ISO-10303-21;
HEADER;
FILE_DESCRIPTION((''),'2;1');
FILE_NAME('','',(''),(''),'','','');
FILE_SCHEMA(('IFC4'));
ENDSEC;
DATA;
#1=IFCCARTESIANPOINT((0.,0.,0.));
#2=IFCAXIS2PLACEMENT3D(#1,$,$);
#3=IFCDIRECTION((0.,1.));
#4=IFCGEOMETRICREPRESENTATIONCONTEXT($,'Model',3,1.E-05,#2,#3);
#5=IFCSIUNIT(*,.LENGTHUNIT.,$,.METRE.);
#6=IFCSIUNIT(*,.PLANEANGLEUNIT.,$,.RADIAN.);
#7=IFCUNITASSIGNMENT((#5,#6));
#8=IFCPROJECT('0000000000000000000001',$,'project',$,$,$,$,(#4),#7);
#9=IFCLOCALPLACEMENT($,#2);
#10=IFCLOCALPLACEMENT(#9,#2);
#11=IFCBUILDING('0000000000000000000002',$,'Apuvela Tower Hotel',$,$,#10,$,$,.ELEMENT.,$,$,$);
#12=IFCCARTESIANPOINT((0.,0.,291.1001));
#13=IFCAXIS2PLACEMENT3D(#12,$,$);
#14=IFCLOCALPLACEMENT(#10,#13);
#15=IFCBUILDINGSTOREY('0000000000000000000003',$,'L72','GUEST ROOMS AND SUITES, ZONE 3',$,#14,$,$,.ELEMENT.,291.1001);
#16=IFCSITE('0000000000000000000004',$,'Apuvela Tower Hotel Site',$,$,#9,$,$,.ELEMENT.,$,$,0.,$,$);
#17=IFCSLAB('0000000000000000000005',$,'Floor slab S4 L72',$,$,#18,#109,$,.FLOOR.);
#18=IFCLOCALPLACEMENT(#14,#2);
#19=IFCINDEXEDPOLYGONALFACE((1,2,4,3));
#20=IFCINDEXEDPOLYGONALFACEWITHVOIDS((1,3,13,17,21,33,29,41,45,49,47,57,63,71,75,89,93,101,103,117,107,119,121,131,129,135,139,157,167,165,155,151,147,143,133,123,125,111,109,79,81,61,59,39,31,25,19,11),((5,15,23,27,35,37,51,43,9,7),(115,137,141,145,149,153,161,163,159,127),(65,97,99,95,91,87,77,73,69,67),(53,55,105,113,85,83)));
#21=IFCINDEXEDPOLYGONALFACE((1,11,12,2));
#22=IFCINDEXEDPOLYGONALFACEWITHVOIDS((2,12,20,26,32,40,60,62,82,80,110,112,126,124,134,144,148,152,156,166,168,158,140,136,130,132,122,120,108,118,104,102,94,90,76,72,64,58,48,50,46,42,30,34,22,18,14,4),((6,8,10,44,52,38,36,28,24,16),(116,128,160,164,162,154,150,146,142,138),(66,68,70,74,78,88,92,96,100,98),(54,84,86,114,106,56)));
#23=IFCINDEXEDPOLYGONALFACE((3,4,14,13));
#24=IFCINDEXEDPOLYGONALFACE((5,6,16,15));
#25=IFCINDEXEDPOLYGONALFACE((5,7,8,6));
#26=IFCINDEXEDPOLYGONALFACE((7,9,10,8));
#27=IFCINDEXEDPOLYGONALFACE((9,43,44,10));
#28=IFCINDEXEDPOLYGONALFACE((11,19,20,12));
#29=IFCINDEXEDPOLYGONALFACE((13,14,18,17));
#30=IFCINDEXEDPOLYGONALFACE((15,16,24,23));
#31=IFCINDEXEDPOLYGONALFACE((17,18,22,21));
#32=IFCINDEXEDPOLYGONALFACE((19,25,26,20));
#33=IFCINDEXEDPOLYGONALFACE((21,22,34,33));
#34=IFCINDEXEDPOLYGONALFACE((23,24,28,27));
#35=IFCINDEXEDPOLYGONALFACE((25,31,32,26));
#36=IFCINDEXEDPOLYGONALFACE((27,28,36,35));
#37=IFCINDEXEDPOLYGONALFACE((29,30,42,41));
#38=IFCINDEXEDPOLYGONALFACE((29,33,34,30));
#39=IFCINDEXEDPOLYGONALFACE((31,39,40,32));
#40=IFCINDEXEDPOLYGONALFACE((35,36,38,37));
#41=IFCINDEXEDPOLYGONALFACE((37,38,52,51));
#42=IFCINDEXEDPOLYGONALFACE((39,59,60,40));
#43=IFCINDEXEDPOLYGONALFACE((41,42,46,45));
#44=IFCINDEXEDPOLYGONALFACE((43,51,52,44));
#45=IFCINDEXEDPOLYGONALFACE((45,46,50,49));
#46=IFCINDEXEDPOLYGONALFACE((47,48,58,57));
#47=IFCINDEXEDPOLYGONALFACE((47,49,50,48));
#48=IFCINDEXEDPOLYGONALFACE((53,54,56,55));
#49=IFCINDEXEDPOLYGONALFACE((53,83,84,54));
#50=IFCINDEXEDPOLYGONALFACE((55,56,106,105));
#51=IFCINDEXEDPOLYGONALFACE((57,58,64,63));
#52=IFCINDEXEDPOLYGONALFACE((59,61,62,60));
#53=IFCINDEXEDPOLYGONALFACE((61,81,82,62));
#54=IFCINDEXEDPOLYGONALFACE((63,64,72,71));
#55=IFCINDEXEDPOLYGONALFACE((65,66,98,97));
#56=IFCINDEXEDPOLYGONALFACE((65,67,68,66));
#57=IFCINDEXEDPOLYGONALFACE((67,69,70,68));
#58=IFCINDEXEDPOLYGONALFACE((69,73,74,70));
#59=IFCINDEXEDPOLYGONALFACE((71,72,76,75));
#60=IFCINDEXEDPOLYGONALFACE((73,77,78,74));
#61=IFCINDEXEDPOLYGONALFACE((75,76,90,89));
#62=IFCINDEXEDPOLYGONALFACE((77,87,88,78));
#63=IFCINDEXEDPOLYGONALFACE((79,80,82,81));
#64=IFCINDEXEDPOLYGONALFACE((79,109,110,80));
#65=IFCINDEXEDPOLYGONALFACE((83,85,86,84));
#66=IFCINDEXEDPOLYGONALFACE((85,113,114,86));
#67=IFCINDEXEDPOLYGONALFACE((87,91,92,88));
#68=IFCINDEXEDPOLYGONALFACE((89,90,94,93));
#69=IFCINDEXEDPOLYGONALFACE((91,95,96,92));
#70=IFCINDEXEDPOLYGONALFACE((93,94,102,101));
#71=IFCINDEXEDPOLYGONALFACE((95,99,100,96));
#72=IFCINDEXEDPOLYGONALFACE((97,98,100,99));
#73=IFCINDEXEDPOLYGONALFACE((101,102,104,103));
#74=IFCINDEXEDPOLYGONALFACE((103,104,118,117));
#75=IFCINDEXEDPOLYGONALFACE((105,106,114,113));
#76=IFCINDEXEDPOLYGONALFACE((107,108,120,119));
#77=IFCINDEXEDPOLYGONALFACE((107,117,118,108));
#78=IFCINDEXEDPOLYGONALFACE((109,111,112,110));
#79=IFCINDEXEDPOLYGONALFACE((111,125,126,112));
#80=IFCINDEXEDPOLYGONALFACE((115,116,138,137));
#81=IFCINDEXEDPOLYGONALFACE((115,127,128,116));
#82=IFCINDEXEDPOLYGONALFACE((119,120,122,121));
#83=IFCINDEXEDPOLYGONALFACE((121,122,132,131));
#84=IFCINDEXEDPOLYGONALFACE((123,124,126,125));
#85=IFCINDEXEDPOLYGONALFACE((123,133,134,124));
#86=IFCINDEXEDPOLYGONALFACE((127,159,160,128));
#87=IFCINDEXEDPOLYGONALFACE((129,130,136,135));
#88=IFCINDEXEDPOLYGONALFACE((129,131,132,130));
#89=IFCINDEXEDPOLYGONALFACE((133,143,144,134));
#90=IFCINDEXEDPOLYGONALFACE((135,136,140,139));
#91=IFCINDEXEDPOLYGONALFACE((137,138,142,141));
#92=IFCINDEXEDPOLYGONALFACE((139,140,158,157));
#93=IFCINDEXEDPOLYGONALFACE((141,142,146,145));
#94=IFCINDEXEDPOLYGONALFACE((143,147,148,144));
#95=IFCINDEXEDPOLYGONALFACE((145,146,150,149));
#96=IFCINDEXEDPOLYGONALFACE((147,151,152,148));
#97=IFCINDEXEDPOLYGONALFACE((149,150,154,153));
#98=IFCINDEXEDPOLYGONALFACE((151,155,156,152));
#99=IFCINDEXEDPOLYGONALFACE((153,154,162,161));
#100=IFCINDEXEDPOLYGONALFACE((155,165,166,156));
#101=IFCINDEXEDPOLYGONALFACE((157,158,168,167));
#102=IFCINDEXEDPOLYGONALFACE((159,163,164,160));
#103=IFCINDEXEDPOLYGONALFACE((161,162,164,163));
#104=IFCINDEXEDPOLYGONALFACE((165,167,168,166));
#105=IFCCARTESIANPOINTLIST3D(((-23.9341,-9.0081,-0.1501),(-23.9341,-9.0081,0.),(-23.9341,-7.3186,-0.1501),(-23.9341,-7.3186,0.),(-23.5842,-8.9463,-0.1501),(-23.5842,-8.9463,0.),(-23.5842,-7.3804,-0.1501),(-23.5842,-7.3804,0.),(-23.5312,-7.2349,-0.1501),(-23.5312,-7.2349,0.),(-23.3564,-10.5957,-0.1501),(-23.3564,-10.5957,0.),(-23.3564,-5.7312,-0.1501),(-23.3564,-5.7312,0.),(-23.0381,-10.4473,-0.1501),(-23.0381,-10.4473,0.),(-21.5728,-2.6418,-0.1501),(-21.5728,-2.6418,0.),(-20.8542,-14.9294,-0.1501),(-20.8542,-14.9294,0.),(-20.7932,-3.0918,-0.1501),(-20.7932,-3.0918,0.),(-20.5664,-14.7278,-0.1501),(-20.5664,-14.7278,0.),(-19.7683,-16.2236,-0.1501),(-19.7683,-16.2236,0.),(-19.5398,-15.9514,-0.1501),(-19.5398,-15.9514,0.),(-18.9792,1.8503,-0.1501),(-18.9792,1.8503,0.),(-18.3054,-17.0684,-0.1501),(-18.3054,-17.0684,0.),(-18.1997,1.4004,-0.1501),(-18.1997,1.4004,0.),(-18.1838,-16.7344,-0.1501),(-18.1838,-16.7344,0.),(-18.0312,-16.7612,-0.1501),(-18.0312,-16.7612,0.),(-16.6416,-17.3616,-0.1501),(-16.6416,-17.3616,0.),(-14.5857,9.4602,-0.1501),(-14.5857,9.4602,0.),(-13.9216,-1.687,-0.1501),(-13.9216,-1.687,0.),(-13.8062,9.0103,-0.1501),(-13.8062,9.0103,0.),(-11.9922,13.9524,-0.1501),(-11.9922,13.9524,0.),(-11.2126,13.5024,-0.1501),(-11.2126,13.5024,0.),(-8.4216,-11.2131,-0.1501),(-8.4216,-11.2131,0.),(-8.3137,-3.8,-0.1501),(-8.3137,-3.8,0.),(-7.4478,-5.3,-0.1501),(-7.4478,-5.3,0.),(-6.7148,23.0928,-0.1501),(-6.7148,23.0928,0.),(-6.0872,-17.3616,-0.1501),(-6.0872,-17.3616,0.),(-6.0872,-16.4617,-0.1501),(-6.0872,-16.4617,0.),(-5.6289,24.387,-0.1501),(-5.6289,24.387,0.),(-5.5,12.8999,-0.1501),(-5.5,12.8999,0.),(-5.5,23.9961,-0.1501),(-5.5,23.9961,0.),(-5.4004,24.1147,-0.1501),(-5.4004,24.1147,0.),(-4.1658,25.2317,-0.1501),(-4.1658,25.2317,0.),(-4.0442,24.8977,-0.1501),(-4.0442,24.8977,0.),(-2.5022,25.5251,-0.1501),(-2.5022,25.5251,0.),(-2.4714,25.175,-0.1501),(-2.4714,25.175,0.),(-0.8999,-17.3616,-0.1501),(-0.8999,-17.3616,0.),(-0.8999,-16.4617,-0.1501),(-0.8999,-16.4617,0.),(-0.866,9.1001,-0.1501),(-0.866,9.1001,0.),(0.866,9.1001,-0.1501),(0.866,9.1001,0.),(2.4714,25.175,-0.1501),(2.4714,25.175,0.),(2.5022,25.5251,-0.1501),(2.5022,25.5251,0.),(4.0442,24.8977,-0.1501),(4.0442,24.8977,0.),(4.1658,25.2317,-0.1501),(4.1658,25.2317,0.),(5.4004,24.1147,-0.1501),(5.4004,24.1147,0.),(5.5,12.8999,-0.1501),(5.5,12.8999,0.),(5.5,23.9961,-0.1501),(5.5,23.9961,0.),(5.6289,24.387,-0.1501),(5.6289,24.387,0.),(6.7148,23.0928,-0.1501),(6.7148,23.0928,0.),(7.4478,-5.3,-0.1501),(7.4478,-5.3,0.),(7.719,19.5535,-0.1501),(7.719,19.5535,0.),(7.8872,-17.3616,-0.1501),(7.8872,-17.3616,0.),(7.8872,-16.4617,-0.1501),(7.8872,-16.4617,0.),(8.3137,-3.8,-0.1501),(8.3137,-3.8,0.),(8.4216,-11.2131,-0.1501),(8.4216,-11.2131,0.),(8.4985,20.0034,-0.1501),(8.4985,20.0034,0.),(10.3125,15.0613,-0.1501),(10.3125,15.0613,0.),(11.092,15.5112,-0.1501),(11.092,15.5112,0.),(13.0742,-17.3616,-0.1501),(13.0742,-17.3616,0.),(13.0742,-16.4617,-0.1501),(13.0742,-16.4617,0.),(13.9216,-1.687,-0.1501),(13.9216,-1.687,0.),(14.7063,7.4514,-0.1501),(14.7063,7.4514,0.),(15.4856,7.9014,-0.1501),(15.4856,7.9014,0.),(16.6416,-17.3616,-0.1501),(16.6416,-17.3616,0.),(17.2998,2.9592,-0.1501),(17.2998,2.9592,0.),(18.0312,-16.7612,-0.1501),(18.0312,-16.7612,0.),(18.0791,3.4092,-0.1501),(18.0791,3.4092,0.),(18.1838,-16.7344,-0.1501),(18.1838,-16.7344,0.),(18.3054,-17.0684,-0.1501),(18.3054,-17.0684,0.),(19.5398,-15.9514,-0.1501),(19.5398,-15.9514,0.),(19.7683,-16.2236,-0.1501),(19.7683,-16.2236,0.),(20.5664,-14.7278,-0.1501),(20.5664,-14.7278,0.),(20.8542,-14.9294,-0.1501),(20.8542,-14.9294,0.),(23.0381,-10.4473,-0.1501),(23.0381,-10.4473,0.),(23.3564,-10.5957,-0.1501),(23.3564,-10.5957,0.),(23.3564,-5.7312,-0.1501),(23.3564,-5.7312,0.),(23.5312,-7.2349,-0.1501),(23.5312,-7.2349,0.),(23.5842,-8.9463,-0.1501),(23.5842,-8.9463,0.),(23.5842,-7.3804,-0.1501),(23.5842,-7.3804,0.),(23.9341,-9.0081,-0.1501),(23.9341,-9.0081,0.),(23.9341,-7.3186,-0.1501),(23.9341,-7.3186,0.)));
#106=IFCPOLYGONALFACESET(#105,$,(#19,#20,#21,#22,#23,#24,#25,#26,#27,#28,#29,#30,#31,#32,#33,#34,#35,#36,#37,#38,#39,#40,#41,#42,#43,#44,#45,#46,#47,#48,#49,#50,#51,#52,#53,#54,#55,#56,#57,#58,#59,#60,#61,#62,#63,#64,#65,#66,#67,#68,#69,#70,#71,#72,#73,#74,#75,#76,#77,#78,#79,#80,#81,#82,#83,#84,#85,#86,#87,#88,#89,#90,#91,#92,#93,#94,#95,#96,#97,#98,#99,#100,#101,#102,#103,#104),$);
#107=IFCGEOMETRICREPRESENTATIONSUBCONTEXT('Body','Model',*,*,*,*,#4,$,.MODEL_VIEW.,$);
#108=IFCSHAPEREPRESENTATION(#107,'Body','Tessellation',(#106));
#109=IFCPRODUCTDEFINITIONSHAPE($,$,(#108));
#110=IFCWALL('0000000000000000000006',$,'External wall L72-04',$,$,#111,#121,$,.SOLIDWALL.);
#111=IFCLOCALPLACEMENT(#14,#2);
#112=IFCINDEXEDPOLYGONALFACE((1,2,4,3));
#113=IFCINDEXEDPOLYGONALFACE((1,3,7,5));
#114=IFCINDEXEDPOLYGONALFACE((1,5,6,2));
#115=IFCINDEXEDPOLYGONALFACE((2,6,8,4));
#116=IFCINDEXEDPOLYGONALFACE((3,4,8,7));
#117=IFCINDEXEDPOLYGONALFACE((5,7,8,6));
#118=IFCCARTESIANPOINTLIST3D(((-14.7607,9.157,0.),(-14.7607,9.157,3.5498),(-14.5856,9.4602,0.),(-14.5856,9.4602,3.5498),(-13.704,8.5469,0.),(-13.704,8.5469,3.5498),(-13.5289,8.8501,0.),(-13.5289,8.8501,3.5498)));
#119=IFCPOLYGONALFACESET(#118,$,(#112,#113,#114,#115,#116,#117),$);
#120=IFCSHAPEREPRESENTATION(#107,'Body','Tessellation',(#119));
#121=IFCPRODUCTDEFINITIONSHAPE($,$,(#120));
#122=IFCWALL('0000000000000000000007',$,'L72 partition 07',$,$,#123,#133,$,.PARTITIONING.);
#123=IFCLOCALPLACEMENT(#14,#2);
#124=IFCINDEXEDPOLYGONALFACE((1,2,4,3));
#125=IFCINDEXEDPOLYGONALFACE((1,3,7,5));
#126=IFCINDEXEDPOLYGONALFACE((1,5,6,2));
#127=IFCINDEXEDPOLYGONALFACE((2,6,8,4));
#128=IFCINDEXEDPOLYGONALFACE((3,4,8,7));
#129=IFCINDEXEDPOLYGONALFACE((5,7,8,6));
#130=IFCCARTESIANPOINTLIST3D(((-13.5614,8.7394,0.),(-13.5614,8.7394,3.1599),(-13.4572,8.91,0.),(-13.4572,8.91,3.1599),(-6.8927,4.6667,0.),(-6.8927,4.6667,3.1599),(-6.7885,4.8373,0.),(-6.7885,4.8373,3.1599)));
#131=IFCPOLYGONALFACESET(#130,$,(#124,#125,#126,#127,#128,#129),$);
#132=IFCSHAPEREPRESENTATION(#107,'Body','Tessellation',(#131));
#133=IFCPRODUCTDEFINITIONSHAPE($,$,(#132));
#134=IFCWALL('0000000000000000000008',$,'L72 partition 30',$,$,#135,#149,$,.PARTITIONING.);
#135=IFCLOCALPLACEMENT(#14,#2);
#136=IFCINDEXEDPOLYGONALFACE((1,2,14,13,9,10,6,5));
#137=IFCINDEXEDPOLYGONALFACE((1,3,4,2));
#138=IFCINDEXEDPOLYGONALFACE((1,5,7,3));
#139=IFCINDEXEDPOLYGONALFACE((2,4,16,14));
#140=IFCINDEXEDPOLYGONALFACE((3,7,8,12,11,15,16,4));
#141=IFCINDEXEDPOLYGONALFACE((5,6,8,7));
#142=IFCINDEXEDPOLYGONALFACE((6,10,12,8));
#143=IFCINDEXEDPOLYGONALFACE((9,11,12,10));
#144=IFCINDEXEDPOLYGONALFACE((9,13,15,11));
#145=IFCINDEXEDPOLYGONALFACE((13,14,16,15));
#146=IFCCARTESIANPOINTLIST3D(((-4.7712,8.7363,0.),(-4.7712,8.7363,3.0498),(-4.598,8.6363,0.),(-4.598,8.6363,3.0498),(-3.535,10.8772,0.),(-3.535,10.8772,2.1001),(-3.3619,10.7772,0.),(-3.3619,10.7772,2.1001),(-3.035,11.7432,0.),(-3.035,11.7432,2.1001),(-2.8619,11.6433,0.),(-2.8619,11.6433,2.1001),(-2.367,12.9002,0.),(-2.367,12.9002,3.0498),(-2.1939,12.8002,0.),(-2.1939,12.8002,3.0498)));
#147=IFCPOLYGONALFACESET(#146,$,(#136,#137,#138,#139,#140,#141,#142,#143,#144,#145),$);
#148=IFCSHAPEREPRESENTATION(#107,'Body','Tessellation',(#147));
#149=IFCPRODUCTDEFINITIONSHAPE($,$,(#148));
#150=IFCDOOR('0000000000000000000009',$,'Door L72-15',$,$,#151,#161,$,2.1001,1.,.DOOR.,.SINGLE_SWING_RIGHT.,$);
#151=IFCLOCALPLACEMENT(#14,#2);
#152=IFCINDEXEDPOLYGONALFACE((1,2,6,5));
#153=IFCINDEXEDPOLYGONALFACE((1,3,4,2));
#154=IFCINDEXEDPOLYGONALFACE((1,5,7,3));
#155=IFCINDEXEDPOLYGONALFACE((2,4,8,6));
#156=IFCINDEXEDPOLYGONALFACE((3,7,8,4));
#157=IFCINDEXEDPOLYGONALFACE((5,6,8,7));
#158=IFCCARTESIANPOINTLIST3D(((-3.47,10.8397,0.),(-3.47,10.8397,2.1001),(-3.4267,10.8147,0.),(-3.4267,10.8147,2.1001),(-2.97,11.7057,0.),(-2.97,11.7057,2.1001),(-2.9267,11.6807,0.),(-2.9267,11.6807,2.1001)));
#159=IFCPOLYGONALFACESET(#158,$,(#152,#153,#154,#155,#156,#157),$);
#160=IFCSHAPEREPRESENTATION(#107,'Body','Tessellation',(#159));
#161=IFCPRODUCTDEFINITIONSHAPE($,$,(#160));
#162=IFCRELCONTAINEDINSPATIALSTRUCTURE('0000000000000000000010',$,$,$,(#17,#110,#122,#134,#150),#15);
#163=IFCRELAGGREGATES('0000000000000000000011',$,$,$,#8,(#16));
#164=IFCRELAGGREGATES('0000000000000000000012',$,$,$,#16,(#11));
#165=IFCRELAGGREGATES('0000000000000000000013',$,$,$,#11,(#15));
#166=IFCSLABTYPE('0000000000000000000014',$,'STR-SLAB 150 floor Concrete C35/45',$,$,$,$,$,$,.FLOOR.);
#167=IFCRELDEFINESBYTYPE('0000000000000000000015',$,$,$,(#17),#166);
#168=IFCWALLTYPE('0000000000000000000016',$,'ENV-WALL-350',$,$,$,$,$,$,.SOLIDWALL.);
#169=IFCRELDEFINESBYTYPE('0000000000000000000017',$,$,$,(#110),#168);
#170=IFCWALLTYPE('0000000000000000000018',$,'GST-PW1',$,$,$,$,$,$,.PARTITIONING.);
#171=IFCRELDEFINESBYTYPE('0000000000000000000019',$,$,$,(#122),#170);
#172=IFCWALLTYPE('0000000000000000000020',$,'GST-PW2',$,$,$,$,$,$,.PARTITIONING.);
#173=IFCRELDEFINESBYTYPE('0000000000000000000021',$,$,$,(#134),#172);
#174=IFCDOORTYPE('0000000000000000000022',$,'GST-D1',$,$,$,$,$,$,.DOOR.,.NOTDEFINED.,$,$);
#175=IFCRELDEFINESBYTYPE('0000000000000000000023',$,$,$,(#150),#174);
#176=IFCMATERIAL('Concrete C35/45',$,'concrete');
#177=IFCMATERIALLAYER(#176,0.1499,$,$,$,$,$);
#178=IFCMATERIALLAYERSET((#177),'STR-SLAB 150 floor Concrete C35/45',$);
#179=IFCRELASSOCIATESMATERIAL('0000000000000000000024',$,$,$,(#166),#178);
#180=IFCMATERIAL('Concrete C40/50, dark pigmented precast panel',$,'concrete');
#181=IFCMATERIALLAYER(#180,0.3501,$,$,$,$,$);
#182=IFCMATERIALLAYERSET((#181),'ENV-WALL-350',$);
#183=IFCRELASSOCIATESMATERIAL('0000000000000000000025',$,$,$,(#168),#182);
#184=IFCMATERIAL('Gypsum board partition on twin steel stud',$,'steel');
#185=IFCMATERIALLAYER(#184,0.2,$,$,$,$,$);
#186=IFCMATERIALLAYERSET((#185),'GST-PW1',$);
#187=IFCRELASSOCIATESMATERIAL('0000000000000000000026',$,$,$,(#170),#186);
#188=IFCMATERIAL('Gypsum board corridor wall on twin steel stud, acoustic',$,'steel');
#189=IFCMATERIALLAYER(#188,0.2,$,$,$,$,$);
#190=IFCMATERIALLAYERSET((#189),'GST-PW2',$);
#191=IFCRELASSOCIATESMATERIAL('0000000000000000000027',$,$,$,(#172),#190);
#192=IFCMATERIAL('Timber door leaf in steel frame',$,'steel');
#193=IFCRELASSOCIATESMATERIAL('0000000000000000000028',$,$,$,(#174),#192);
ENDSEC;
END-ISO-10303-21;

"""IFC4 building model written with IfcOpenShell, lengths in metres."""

from ifc_helpers import new_model, si_unit, direction, frame, frame_2d, origin, place, context, subcontext, project, spatial, polyline, rectangle, outline, extrude, material, layer, layer_set, type_object, element, fill, save


model = new_model("IFC4")

# Units and contexts
model_context = context("Model", 3, precision=1e-05, world=origin(), true_north=direction((0.0, 1.0)))
body_context = subcontext(model_context, "Body", "Model", "MODEL_VIEW")
ifc_project = project(units=[si_unit("LENGTHUNIT", "METRE"), si_unit("PLANEANGLEUNIT", "RADIAN")], contexts=[model_context])

# Site, building, storey
site_placement = place(None, origin())
site = spatial("IfcSite", under=ifc_project, at=site_placement, Name="Apuvela Tower Hotel Site", CompositionType="ELEMENT", RefElevation=0.0)
building_placement = place(site_placement, origin())
building = spatial("IfcBuilding", under=site, at=building_placement, Name="Apuvela Tower Hotel", CompositionType="ELEMENT")
storey_placement = place(building_placement, frame((0.0, 0.0, 291.1001)))
storey = spatial("IfcBuildingStorey", under=building, at=storey_placement, Name="L72", Description="GUEST ROOMS AND SUITES, ZONE 3", CompositionType="ELEMENT", Elevation=291.1001)

# Slab
ifc_material_1 = material(Name="Concrete C35/45", Category="concrete")
ifc_layer_1 = layer(ifc_material_1, 0.1499)
ifc_layer_set_1 = layer_set([ifc_layer_1], Name="STR-SLAB 150 floor Concrete C35/45")
slab_type_1 = type_object("IfcSlabType", Name="STR-SLAB 150 floor Concrete C35/45", PredefinedType="FLOOR", material=ifc_layer_set_1)
slab_1_placement = place(storey_placement, frame((0.0, 0.0, -0.1501)))
element("IfcSlab", 1, at=slab_1_placement, inside=storey, type_object=slab_type_1, Name="Floor slab S4 L72", PredefinedType="FLOOR", context=body_context, shape_type="SweptSolid", body=[
    extrude(outline(polyline([(-5.6289, 24.387), (-4.1658, 25.2317), (-2.5022, 25.5251), (2.5022, 25.5251), (4.1658, 25.2317), (5.6289, 24.387), (6.7148, 23.0928), (8.4985, 20.0034), (7.719, 19.5535), (10.3125, 15.0613), (11.092, 15.5112), (15.4856, 7.9014), (14.7063, 7.4514), (17.2998, 2.9592), (18.0791, 3.4092), (23.3564, -5.7312), (23.9341, -7.3186), (23.9341, -9.0081), (23.3564, -10.5957), (20.8542, -14.9294), (19.7683, -16.2236), (18.3054, -17.0684), (16.6416, -17.3616), (13.0742, -17.3616), (13.0742, -16.4617), (7.8872, -16.4617), (7.8872, -17.3616), (-0.8999, -17.3616), (-0.8999, -16.4617), (-6.0872, -16.4617), (-6.0872, -17.3616), (-16.6416, -17.3616), (-18.3054, -17.0684), (-19.7683, -16.2236), (-20.8542, -14.9294), (-23.3564, -10.5957), (-23.9341, -9.0081), (-23.9341, -7.3186), (-23.3564, -5.7312), (-21.5728, -2.6418), (-20.7932, -3.0918), (-18.1997, 1.4004), (-18.9792, 1.8503), (-14.5857, 9.4602), (-13.8062, 9.0103), (-11.2126, 13.5024), (-11.9922, 13.9524), (-6.7148, 23.0928), (-5.6289, 24.387)]), holes=[polyline([(0.866, 9.1001), (-0.866, 9.1001), (-8.3137, -3.8), (-7.4478, -5.3), (7.4478, -5.3), (8.3137, -3.8), (0.866, 9.1001)]), polyline([(-5.5, 12.8999), (-5.5, 23.9961), (-5.4004, 24.1147), (-4.0442, 24.8977), (-2.4714, 25.175), (2.4714, 25.175), (4.0442, 24.8977), (5.4004, 24.1147), (5.5, 23.9961), (5.5, 12.8999), (-5.5, 12.8999)]), polyline([(-8.4216, -11.2131), (-18.0312, -16.7612), (-18.1838, -16.7344), (-19.5398, -15.9514), (-20.5664, -14.7278), (-23.0381, -10.4473), (-23.5842, -8.9463), (-23.5842, -7.3804), (-23.5312, -7.2349), (-13.9216, -1.687), (-8.4216, -11.2131)]), polyline([(13.9216, -1.687), (23.5312, -7.2349), (23.5842, -7.3804), (23.5842, -8.9463), (23.0381, -10.4473), (20.5664, -14.7278), (19.5398, -15.9514), (18.1838, -16.7344), (18.0312, -16.7612), (8.4216, -11.2131), (13.9216, -1.687)])]), origin(), (0.0, 0.0, 1.0), 0.1501),
])

# Walls
ifc_material_2 = material(Name="Concrete C40/50, dark pigmented precast panel", Category="concrete")
ifc_layer_2 = layer(ifc_material_2, 0.3501)
ifc_layer_set_2 = layer_set([ifc_layer_2], Name="ENV-WALL-350")
wall_type_1 = type_object("IfcWallType", Name="ENV-WALL-350", PredefinedType="SOLIDWALL", material=ifc_layer_set_2)
wall_1_placement = place(storey_placement, frame((-13.6165, 8.6985, 0.0), z_axis=(0.0, 0.0, 1.0), x_axis=(-0.866006, 0.500034, 0.0)))
element("IfcWall", 2, at=wall_1_placement, inside=storey, type_object=wall_type_1, Name="External wall L72-04", PredefinedType="SOLIDWALL", context=body_context, shape_type="SweptSolid", body=[
    extrude(rectangle(XDim=1.2202, YDim=0.3501, at=frame_2d((0.6101, 0.0))), origin(), (0.0, 0.0, 1.0), 3.5498),
])
ifc_material_3 = material(Name="Gypsum board partition on twin steel stud", Category="steel")
ifc_layer_3 = layer(ifc_material_3, 0.2)
ifc_layer_set_3 = layer_set([ifc_layer_3], Name="GST-PW1")
wall_type_2 = type_object("IfcWallType", Name="GST-PW1", PredefinedType="PARTITIONING", material=ifc_layer_set_3)
wall_2_placement = place(storey_placement, frame((-13.5093, 8.8247, 0.0), z_axis=(0.0, 0.0, 1.0), x_axis=(0.853428, -0.521211, 0.0)))
element("IfcWall", 3, at=wall_2_placement, inside=storey, type_object=wall_type_2, Name="L72 partition 07", PredefinedType="PARTITIONING", context=body_context, shape_type="SweptSolid", body=[
    extrude(rectangle(XDim=7.814, YDim=0.2, at=frame_2d((3.907, 0.0))), origin(), (0.0, 0.0, 1.0), 3.1599),
])

# Wall, opening, door
ifc_material_4 = material(Name="Gypsum board corridor wall on twin steel stud, acoustic", Category="steel")
ifc_layer_4 = layer(ifc_material_4, 0.2)
ifc_layer_set_4 = layer_set([ifc_layer_4], Name="GST-PW2")
wall_type_3 = type_object("IfcWallType", Name="GST-PW2", PredefinedType="PARTITIONING", material=ifc_layer_set_4)
wall_3_placement = place(storey_placement, frame((-4.6846, 8.6863, 0.0), z_axis=(0.0, 0.0, 1.0), x_axis=(0.500011, 0.866019, 0.0)))
wall_3 = element("IfcWall", 4, at=wall_3_placement, inside=storey, type_object=wall_type_3, Name="L72 partition 30", PredefinedType="PARTITIONING", context=body_context, shape_type="SweptSolid", body=[
    extrude(rectangle(XDim=4.8081, YDim=0.2, at=frame_2d((2.4041, 0.0))), origin(), (0.0, 0.0, 1.0), 3.0498),
])
opening_1_placement = place(wall_3_placement, frame((2.4722, 0.0, 0.0)))
opening_1 = element("IfcOpeningElement", 5, at=opening_1_placement, cuts=wall_3, PredefinedType="OPENING", context=body_context, shape_type="SweptSolid", body=[
    extrude(rectangle(XDim=1.0, YDim=2.1001, at=frame_2d((0.5, 1.05))), frame((0.0, 0.1099, 0.0), z_axis=(0.0, -1.0, 0.0), x_axis=(1.0, 0.0, 0.0)), (0.0, 0.0, 1.0), 0.22),
])
ifc_material_5 = material(Name="Timber door leaf in steel frame", Category="steel")
door_type_1 = type_object("IfcDoorType", Name="GST-D1", OperationType="NOTDEFINED", PredefinedType="DOOR", material=ifc_material_5)
door_1_placement = place(opening_1_placement, origin())
door_1 = element("IfcDoor", 6, at=door_1_placement, inside=storey, type_object=door_type_1, Name="Door L72-15", OperationType="SINGLE_SWING_RIGHT", OverallHeight=2.1001, OverallWidth=1.0, PredefinedType="DOOR", context=body_context, shape_type="SweptSolid", body=[
    extrude(rectangle(XDim=1.0, YDim=2.1001, at=frame_2d((0.5, 1.05))), frame((0.0, 0.0249, 0.0), z_axis=(0.0, -1.0, 0.0), x_axis=(1.0, 0.0, 0.0)), (0.0, 0.0, 1.0), 0.05),
])
fill(opening_1, door_1)

save(model, "model.ifc")
